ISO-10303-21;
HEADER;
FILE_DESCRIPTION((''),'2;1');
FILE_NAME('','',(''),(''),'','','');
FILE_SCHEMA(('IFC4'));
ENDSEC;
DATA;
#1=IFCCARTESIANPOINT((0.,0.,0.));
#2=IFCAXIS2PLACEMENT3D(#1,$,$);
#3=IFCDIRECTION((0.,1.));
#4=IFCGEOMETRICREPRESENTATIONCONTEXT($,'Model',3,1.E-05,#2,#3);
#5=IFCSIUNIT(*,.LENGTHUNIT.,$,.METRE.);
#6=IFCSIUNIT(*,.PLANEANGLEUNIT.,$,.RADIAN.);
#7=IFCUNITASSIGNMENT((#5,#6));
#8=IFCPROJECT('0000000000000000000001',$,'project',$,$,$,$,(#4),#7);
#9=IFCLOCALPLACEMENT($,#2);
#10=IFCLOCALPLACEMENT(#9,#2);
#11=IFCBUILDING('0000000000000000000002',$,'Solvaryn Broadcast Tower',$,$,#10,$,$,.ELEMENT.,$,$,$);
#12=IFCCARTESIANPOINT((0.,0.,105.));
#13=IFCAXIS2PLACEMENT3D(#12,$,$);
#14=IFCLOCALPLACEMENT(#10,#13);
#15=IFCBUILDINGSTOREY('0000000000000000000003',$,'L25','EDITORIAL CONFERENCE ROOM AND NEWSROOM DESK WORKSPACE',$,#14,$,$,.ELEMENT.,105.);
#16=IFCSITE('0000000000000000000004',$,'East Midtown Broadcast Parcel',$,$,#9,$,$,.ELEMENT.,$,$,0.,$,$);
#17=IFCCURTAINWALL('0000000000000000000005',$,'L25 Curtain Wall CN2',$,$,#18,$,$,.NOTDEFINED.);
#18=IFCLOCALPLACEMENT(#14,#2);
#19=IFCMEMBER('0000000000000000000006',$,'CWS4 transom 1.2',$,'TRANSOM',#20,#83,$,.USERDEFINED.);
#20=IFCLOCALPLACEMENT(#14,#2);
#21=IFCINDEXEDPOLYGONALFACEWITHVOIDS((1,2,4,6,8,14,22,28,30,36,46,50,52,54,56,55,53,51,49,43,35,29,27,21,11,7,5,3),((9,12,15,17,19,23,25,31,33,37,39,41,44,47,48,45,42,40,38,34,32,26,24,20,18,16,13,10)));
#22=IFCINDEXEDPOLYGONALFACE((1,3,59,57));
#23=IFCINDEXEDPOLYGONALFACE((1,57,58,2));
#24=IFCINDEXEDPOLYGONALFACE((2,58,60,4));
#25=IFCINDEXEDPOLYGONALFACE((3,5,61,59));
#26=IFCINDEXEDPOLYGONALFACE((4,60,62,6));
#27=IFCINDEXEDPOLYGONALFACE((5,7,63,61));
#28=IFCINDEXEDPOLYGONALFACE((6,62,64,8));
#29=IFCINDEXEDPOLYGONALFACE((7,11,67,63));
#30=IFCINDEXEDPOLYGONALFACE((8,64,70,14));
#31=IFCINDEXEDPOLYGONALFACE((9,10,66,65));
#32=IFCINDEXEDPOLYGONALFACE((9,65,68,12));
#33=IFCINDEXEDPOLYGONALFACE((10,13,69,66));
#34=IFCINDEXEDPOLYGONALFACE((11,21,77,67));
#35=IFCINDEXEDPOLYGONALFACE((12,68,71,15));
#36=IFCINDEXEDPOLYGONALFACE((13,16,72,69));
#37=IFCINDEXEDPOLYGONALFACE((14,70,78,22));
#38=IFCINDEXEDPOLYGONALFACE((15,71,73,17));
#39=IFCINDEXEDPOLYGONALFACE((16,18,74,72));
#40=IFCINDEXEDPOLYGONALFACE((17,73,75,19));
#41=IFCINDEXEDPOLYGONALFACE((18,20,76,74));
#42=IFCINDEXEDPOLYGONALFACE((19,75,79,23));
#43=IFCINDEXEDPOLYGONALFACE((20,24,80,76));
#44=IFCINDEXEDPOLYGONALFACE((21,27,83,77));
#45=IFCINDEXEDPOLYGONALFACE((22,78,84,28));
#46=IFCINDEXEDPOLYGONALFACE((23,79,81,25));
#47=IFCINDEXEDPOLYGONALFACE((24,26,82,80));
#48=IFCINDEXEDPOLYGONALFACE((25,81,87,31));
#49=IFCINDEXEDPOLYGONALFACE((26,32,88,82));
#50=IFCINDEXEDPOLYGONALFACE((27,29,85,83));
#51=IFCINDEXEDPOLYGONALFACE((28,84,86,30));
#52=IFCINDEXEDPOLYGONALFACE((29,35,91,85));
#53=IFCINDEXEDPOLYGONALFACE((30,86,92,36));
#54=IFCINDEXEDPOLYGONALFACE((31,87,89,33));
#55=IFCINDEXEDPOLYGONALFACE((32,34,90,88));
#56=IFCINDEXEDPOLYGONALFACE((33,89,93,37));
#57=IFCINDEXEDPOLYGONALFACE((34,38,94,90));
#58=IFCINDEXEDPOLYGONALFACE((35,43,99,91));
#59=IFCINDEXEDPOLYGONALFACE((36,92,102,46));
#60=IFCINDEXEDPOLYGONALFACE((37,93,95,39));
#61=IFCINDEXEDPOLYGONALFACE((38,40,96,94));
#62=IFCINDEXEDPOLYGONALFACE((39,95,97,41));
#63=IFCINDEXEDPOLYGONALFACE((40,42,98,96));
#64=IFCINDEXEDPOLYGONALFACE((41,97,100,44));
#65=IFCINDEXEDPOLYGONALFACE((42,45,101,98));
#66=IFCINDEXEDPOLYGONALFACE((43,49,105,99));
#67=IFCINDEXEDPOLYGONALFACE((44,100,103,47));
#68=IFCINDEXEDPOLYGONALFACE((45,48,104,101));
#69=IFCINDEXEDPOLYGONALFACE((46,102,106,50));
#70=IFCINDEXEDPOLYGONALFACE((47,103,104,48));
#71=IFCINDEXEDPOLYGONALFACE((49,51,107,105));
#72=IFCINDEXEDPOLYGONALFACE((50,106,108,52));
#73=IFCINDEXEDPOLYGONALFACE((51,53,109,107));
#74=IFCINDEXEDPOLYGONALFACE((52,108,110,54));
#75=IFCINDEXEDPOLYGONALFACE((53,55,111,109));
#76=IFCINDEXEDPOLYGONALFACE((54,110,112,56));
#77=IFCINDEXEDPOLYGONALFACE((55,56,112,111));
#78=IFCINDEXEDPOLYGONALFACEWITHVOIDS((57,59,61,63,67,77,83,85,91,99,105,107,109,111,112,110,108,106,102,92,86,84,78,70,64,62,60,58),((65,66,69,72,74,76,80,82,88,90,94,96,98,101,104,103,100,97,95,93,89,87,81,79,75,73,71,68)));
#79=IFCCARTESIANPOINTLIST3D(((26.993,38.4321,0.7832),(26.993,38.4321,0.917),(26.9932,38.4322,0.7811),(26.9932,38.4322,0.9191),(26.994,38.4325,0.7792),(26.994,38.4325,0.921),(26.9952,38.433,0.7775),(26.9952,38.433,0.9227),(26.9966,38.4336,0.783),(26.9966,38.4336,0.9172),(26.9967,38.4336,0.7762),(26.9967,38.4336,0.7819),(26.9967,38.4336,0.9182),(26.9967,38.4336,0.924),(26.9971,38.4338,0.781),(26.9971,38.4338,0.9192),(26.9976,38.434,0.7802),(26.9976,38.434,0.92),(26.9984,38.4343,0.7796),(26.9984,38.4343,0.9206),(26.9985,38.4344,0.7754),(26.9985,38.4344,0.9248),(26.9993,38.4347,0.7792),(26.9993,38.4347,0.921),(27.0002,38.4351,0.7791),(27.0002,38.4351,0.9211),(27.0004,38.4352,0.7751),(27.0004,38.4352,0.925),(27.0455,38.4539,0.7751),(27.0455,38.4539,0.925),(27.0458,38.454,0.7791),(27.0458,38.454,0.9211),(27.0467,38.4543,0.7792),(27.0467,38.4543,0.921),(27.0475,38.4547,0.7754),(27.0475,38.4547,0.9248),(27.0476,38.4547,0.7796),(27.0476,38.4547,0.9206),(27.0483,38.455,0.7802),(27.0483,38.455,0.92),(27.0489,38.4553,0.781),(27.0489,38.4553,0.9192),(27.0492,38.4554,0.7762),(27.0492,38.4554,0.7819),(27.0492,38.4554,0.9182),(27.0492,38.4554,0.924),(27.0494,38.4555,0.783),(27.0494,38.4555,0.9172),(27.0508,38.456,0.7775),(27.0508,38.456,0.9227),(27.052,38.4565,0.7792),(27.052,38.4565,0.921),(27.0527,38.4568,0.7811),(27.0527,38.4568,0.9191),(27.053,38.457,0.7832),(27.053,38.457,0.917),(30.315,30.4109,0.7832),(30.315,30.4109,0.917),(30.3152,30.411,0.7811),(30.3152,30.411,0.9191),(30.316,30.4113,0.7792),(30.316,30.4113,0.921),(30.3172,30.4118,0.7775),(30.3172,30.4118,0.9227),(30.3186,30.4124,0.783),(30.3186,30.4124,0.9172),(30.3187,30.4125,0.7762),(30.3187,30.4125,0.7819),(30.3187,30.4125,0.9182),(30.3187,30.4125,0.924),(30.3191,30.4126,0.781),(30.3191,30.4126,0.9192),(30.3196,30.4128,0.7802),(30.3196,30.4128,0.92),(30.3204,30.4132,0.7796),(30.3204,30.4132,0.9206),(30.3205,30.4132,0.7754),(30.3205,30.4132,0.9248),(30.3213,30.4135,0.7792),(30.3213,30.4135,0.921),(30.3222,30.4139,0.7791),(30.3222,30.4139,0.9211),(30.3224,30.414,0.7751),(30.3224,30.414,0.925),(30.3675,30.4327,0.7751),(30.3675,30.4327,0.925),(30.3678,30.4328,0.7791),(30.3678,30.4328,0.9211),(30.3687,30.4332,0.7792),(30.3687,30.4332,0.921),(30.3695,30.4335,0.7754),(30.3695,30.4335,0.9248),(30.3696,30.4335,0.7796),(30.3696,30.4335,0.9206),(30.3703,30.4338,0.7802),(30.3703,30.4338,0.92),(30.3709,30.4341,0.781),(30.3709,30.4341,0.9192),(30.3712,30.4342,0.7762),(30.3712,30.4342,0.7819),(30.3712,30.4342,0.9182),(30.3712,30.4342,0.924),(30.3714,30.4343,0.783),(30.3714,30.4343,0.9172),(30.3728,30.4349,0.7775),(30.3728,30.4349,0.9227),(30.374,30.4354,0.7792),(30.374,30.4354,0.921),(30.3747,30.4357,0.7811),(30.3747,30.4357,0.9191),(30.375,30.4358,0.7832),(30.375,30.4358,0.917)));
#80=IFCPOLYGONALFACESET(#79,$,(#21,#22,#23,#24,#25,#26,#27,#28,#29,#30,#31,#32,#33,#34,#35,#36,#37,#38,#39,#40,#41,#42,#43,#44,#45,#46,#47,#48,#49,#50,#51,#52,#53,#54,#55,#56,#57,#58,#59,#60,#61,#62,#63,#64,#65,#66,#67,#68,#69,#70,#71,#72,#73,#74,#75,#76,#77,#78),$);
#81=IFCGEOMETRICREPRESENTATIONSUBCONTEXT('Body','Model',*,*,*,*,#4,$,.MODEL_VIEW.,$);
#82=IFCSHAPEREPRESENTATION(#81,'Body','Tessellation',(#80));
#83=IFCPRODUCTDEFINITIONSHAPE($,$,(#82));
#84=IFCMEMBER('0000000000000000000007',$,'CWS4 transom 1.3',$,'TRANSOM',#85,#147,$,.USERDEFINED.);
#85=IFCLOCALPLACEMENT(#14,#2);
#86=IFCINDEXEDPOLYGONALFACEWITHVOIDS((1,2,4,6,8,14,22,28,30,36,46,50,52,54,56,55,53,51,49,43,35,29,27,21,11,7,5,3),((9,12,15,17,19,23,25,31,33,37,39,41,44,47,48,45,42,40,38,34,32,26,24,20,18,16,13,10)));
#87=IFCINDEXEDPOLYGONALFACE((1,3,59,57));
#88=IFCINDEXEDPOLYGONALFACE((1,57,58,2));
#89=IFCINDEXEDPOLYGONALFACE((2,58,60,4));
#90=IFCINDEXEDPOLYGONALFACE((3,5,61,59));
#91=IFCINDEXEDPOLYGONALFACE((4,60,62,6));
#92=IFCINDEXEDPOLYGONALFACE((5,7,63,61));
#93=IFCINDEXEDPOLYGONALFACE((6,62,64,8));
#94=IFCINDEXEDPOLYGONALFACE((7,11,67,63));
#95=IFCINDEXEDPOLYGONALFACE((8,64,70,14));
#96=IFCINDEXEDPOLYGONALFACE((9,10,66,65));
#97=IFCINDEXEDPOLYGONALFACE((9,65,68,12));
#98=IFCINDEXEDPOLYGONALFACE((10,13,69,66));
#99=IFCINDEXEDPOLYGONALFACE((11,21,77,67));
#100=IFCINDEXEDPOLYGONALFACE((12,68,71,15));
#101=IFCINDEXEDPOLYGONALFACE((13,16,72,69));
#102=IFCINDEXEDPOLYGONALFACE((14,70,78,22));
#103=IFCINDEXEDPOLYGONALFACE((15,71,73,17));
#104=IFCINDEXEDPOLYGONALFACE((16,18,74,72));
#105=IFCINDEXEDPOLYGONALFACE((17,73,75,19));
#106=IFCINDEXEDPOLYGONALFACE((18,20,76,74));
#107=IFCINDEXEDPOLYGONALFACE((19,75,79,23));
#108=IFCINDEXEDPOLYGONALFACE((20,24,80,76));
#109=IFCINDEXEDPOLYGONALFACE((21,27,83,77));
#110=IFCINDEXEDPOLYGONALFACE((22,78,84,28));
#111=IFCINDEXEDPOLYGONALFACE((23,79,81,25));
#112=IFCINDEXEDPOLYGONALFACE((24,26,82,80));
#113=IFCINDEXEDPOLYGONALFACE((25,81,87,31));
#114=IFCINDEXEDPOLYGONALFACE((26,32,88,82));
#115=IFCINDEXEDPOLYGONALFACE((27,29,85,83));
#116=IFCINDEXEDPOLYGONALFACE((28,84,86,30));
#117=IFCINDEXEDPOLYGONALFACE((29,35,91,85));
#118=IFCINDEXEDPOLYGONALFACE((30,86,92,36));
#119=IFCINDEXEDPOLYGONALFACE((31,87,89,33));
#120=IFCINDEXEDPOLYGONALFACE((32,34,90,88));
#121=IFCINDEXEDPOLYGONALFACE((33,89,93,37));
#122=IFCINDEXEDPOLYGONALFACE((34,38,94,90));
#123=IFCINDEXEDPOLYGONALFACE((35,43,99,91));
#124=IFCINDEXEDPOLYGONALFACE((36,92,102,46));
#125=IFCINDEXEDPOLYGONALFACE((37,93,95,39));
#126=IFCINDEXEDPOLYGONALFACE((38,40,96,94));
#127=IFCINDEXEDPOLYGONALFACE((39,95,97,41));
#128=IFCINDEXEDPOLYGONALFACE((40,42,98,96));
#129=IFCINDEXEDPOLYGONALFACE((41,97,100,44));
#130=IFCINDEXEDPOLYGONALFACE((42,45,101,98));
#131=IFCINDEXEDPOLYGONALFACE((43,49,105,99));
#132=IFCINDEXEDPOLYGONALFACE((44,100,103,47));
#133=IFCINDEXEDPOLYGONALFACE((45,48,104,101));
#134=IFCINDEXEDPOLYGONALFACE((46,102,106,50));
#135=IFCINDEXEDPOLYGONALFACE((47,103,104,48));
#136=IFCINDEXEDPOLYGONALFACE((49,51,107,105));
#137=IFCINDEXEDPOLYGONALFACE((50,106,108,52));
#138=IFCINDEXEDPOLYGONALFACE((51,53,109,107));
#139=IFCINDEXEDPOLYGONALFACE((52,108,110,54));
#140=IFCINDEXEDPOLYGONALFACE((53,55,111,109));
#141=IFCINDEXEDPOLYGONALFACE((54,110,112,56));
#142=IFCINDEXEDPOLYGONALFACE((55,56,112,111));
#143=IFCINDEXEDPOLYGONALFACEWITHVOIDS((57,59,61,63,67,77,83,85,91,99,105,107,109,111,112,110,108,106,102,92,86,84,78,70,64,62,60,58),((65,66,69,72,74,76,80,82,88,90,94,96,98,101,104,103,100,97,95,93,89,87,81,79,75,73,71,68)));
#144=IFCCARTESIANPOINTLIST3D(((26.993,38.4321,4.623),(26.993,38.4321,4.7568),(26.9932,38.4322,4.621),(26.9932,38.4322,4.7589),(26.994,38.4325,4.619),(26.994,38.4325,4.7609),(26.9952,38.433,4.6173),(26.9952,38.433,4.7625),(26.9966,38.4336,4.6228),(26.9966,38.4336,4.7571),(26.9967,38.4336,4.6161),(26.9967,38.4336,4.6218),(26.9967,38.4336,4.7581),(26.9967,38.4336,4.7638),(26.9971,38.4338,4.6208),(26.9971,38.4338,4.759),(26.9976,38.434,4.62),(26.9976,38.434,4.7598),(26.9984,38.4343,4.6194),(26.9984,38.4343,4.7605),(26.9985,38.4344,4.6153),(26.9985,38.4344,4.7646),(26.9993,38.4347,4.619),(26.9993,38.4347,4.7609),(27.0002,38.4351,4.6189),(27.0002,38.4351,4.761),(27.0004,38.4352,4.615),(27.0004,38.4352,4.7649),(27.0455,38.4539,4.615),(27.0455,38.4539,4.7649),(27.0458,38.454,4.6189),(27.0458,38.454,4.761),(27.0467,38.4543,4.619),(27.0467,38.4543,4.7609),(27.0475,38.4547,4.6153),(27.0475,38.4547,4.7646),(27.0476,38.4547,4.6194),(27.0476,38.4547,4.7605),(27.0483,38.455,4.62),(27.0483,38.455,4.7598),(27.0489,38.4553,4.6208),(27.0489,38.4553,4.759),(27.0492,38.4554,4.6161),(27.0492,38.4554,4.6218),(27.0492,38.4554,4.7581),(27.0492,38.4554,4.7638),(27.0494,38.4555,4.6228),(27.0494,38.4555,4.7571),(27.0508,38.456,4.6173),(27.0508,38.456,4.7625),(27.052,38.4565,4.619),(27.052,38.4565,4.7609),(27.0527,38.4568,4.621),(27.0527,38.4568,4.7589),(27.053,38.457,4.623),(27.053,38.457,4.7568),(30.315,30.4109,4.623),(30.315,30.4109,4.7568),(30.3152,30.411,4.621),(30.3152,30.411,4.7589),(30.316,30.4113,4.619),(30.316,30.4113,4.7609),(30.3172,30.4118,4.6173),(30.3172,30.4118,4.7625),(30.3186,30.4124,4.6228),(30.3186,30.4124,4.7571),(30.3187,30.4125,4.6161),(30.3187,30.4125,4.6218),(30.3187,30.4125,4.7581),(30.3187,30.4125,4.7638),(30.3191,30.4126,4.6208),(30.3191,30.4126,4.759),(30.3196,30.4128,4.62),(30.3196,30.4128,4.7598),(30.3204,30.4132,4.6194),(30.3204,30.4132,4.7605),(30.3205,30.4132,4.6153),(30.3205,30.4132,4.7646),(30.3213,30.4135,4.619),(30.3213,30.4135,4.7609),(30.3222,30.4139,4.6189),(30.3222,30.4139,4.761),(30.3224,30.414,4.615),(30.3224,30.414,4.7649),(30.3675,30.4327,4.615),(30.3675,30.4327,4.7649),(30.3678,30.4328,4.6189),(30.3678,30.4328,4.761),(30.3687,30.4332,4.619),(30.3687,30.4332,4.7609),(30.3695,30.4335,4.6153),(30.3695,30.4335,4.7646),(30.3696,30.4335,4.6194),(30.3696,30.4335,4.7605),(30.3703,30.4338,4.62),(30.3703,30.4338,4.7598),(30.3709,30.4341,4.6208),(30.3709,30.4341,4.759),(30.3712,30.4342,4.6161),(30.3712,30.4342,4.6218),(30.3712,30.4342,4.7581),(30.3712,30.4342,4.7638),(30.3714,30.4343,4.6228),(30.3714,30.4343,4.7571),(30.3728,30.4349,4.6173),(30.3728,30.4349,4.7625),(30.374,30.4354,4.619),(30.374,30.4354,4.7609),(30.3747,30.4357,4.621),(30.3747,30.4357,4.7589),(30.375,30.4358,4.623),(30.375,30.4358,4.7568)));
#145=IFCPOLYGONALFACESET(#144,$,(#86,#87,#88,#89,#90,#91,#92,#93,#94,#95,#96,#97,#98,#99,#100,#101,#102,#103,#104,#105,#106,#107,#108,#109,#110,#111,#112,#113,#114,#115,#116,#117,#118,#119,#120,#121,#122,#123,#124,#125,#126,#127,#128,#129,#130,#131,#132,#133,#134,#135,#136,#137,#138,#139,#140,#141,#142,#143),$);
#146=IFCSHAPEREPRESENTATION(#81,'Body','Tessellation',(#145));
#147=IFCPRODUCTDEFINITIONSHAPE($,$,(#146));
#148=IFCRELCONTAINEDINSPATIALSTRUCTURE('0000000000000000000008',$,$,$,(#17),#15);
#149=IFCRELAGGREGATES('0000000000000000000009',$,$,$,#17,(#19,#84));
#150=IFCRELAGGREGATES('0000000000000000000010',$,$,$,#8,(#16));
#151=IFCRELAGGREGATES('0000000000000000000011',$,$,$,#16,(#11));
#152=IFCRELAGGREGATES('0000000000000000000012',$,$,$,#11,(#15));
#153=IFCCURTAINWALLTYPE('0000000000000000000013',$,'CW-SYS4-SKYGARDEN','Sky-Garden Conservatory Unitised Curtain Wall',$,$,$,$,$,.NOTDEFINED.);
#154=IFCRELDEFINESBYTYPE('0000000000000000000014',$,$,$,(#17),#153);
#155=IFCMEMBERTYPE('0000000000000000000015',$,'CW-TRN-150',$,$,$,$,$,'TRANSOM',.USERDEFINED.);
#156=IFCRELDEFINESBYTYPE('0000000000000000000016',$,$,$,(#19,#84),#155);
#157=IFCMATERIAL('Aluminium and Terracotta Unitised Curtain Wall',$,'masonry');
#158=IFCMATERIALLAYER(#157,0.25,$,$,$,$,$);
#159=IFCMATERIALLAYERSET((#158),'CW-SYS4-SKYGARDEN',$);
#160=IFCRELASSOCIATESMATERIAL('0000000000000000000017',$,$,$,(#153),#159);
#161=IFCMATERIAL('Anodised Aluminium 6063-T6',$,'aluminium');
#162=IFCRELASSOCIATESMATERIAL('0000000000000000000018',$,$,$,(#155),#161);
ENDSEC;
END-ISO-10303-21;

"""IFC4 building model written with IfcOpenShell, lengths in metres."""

from ifc_helpers import new_model, si_unit, direction, frame, origin, origin_2d, place, context, subcontext, project, spatial, hollow_rectangle, extrude, material, layer, layer_set, material_profile, profile_set, type_object, element, aggregate, save


model = new_model("IFC4")

# Units and contexts
model_context = context("Model", 3, precision=1e-05, world=origin(), true_north=direction((0.0, 1.0)))
body_context = subcontext(model_context, "Body", "Model", "MODEL_VIEW")
ifc_project = project(units=[si_unit("LENGTHUNIT", "METRE"), si_unit("PLANEANGLEUNIT", "RADIAN")], contexts=[model_context])

# Site, building, storey
site_placement = place(None, origin())
site = spatial("IfcSite", under=ifc_project, at=site_placement, Name="East Midtown Broadcast Parcel", CompositionType="ELEMENT", RefElevation=0.0)
building_placement = place(site_placement, origin())
building = spatial("IfcBuilding", under=site, at=building_placement, Name="Solvaryn Broadcast Tower", CompositionType="ELEMENT")
storey_placement = place(building_placement, frame((0.0, 0.0, 105.0)))
storey = spatial("IfcBuildingStorey", under=building, at=storey_placement, Name="L25", Description="EDITORIAL CONFERENCE ROOM AND NEWSROOM DESK WORKSPACE", CompositionType="ELEMENT", Elevation=105.0)

# Shared definitions
ifc_material_1 = material(Name="Aluminium and Terracotta Unitised Curtain Wall", Category="masonry")
ifc_layer_1 = layer(ifc_material_1, 0.25)
ifc_layer_set_1 = layer_set([ifc_layer_1], Name="CW-SYS4-SKYGARDEN")
curtain_wall_type = type_object("IfcCurtainWallType", Name="CW-SYS4-SKYGARDEN", Description="Sky-Garden Conservatory Unitised Curtain Wall", PredefinedType="NOTDEFINED", material=ifc_layer_set_1)

# Curtain wall
curtain_wall_1_placement = place(storey_placement, origin())
curtain_wall_1 = element("IfcCurtainWall", 1, at=curtain_wall_1_placement, inside=storey, type_object=curtain_wall_type, Name="L25 Curtain Wall CN2", PredefinedType="NOTDEFINED")

# Members
ifc_material_2 = material(Name="Anodised Aluminium 6063-T6", Category="aluminium")
ifc_material_profile_1 = material_profile(ifc_material_2, hollow_rectangle(XDim=0.0649, YDim=0.1499, WallThickness=0.0039, InnerFilletRadius=0.0039, OuterFilletRadius=0.0081, at=origin_2d()))
ifc_profile_set_1 = profile_set([ifc_material_profile_1], Name="Anodised Aluminium 6063-T6")
member_type_1 = type_object("IfcMemberType", Name="CW-TRN-150", ElementType="TRANSOM", PredefinedType="USERDEFINED", material=ifc_profile_set_1)
member_1_placement = place(storey_placement, frame((30.345, 30.4233, 0.8501), z_axis=(-0.382636, 0.923899, 0.0), x_axis=(-0.923899, -0.382636, 0.0)))
member_1 = element("IfcMember", 2, at=member_1_placement, type_object=member_type_1, Name="CWS4 transom 1.2", ObjectType="TRANSOM", PredefinedType="USERDEFINED", context=body_context, shape_type="SweptSolid", body=[
    extrude(hollow_rectangle(XDim=0.0649, YDim=0.1499, WallThickness=0.0039, InnerFilletRadius=0.0039, OuterFilletRadius=0.0081, at=origin_2d()), origin(), (0.0, 0.0, 1.0), 8.6819),
])
member_2_placement = place(storey_placement, frame((30.345, 30.4233, 4.6899), z_axis=(-0.382636, 0.923899, 0.0), x_axis=(-0.923899, -0.382636, 0.0)))
member_2 = element("IfcMember", 3, at=member_2_placement, type_object=member_type_1, Name="CWS4 transom 1.3", ObjectType="TRANSOM", PredefinedType="USERDEFINED", context=body_context, shape_type="SweptSolid", body=[
    extrude(hollow_rectangle(XDim=0.0649, YDim=0.1499, WallThickness=0.0039, InnerFilletRadius=0.0039, OuterFilletRadius=0.0081, at=origin_2d()), origin(), (0.0, 0.0, 1.0), 8.6819),
])
aggregate(curtain_wall_1, [member_1, member_2])

save(model, "model.ifc")
